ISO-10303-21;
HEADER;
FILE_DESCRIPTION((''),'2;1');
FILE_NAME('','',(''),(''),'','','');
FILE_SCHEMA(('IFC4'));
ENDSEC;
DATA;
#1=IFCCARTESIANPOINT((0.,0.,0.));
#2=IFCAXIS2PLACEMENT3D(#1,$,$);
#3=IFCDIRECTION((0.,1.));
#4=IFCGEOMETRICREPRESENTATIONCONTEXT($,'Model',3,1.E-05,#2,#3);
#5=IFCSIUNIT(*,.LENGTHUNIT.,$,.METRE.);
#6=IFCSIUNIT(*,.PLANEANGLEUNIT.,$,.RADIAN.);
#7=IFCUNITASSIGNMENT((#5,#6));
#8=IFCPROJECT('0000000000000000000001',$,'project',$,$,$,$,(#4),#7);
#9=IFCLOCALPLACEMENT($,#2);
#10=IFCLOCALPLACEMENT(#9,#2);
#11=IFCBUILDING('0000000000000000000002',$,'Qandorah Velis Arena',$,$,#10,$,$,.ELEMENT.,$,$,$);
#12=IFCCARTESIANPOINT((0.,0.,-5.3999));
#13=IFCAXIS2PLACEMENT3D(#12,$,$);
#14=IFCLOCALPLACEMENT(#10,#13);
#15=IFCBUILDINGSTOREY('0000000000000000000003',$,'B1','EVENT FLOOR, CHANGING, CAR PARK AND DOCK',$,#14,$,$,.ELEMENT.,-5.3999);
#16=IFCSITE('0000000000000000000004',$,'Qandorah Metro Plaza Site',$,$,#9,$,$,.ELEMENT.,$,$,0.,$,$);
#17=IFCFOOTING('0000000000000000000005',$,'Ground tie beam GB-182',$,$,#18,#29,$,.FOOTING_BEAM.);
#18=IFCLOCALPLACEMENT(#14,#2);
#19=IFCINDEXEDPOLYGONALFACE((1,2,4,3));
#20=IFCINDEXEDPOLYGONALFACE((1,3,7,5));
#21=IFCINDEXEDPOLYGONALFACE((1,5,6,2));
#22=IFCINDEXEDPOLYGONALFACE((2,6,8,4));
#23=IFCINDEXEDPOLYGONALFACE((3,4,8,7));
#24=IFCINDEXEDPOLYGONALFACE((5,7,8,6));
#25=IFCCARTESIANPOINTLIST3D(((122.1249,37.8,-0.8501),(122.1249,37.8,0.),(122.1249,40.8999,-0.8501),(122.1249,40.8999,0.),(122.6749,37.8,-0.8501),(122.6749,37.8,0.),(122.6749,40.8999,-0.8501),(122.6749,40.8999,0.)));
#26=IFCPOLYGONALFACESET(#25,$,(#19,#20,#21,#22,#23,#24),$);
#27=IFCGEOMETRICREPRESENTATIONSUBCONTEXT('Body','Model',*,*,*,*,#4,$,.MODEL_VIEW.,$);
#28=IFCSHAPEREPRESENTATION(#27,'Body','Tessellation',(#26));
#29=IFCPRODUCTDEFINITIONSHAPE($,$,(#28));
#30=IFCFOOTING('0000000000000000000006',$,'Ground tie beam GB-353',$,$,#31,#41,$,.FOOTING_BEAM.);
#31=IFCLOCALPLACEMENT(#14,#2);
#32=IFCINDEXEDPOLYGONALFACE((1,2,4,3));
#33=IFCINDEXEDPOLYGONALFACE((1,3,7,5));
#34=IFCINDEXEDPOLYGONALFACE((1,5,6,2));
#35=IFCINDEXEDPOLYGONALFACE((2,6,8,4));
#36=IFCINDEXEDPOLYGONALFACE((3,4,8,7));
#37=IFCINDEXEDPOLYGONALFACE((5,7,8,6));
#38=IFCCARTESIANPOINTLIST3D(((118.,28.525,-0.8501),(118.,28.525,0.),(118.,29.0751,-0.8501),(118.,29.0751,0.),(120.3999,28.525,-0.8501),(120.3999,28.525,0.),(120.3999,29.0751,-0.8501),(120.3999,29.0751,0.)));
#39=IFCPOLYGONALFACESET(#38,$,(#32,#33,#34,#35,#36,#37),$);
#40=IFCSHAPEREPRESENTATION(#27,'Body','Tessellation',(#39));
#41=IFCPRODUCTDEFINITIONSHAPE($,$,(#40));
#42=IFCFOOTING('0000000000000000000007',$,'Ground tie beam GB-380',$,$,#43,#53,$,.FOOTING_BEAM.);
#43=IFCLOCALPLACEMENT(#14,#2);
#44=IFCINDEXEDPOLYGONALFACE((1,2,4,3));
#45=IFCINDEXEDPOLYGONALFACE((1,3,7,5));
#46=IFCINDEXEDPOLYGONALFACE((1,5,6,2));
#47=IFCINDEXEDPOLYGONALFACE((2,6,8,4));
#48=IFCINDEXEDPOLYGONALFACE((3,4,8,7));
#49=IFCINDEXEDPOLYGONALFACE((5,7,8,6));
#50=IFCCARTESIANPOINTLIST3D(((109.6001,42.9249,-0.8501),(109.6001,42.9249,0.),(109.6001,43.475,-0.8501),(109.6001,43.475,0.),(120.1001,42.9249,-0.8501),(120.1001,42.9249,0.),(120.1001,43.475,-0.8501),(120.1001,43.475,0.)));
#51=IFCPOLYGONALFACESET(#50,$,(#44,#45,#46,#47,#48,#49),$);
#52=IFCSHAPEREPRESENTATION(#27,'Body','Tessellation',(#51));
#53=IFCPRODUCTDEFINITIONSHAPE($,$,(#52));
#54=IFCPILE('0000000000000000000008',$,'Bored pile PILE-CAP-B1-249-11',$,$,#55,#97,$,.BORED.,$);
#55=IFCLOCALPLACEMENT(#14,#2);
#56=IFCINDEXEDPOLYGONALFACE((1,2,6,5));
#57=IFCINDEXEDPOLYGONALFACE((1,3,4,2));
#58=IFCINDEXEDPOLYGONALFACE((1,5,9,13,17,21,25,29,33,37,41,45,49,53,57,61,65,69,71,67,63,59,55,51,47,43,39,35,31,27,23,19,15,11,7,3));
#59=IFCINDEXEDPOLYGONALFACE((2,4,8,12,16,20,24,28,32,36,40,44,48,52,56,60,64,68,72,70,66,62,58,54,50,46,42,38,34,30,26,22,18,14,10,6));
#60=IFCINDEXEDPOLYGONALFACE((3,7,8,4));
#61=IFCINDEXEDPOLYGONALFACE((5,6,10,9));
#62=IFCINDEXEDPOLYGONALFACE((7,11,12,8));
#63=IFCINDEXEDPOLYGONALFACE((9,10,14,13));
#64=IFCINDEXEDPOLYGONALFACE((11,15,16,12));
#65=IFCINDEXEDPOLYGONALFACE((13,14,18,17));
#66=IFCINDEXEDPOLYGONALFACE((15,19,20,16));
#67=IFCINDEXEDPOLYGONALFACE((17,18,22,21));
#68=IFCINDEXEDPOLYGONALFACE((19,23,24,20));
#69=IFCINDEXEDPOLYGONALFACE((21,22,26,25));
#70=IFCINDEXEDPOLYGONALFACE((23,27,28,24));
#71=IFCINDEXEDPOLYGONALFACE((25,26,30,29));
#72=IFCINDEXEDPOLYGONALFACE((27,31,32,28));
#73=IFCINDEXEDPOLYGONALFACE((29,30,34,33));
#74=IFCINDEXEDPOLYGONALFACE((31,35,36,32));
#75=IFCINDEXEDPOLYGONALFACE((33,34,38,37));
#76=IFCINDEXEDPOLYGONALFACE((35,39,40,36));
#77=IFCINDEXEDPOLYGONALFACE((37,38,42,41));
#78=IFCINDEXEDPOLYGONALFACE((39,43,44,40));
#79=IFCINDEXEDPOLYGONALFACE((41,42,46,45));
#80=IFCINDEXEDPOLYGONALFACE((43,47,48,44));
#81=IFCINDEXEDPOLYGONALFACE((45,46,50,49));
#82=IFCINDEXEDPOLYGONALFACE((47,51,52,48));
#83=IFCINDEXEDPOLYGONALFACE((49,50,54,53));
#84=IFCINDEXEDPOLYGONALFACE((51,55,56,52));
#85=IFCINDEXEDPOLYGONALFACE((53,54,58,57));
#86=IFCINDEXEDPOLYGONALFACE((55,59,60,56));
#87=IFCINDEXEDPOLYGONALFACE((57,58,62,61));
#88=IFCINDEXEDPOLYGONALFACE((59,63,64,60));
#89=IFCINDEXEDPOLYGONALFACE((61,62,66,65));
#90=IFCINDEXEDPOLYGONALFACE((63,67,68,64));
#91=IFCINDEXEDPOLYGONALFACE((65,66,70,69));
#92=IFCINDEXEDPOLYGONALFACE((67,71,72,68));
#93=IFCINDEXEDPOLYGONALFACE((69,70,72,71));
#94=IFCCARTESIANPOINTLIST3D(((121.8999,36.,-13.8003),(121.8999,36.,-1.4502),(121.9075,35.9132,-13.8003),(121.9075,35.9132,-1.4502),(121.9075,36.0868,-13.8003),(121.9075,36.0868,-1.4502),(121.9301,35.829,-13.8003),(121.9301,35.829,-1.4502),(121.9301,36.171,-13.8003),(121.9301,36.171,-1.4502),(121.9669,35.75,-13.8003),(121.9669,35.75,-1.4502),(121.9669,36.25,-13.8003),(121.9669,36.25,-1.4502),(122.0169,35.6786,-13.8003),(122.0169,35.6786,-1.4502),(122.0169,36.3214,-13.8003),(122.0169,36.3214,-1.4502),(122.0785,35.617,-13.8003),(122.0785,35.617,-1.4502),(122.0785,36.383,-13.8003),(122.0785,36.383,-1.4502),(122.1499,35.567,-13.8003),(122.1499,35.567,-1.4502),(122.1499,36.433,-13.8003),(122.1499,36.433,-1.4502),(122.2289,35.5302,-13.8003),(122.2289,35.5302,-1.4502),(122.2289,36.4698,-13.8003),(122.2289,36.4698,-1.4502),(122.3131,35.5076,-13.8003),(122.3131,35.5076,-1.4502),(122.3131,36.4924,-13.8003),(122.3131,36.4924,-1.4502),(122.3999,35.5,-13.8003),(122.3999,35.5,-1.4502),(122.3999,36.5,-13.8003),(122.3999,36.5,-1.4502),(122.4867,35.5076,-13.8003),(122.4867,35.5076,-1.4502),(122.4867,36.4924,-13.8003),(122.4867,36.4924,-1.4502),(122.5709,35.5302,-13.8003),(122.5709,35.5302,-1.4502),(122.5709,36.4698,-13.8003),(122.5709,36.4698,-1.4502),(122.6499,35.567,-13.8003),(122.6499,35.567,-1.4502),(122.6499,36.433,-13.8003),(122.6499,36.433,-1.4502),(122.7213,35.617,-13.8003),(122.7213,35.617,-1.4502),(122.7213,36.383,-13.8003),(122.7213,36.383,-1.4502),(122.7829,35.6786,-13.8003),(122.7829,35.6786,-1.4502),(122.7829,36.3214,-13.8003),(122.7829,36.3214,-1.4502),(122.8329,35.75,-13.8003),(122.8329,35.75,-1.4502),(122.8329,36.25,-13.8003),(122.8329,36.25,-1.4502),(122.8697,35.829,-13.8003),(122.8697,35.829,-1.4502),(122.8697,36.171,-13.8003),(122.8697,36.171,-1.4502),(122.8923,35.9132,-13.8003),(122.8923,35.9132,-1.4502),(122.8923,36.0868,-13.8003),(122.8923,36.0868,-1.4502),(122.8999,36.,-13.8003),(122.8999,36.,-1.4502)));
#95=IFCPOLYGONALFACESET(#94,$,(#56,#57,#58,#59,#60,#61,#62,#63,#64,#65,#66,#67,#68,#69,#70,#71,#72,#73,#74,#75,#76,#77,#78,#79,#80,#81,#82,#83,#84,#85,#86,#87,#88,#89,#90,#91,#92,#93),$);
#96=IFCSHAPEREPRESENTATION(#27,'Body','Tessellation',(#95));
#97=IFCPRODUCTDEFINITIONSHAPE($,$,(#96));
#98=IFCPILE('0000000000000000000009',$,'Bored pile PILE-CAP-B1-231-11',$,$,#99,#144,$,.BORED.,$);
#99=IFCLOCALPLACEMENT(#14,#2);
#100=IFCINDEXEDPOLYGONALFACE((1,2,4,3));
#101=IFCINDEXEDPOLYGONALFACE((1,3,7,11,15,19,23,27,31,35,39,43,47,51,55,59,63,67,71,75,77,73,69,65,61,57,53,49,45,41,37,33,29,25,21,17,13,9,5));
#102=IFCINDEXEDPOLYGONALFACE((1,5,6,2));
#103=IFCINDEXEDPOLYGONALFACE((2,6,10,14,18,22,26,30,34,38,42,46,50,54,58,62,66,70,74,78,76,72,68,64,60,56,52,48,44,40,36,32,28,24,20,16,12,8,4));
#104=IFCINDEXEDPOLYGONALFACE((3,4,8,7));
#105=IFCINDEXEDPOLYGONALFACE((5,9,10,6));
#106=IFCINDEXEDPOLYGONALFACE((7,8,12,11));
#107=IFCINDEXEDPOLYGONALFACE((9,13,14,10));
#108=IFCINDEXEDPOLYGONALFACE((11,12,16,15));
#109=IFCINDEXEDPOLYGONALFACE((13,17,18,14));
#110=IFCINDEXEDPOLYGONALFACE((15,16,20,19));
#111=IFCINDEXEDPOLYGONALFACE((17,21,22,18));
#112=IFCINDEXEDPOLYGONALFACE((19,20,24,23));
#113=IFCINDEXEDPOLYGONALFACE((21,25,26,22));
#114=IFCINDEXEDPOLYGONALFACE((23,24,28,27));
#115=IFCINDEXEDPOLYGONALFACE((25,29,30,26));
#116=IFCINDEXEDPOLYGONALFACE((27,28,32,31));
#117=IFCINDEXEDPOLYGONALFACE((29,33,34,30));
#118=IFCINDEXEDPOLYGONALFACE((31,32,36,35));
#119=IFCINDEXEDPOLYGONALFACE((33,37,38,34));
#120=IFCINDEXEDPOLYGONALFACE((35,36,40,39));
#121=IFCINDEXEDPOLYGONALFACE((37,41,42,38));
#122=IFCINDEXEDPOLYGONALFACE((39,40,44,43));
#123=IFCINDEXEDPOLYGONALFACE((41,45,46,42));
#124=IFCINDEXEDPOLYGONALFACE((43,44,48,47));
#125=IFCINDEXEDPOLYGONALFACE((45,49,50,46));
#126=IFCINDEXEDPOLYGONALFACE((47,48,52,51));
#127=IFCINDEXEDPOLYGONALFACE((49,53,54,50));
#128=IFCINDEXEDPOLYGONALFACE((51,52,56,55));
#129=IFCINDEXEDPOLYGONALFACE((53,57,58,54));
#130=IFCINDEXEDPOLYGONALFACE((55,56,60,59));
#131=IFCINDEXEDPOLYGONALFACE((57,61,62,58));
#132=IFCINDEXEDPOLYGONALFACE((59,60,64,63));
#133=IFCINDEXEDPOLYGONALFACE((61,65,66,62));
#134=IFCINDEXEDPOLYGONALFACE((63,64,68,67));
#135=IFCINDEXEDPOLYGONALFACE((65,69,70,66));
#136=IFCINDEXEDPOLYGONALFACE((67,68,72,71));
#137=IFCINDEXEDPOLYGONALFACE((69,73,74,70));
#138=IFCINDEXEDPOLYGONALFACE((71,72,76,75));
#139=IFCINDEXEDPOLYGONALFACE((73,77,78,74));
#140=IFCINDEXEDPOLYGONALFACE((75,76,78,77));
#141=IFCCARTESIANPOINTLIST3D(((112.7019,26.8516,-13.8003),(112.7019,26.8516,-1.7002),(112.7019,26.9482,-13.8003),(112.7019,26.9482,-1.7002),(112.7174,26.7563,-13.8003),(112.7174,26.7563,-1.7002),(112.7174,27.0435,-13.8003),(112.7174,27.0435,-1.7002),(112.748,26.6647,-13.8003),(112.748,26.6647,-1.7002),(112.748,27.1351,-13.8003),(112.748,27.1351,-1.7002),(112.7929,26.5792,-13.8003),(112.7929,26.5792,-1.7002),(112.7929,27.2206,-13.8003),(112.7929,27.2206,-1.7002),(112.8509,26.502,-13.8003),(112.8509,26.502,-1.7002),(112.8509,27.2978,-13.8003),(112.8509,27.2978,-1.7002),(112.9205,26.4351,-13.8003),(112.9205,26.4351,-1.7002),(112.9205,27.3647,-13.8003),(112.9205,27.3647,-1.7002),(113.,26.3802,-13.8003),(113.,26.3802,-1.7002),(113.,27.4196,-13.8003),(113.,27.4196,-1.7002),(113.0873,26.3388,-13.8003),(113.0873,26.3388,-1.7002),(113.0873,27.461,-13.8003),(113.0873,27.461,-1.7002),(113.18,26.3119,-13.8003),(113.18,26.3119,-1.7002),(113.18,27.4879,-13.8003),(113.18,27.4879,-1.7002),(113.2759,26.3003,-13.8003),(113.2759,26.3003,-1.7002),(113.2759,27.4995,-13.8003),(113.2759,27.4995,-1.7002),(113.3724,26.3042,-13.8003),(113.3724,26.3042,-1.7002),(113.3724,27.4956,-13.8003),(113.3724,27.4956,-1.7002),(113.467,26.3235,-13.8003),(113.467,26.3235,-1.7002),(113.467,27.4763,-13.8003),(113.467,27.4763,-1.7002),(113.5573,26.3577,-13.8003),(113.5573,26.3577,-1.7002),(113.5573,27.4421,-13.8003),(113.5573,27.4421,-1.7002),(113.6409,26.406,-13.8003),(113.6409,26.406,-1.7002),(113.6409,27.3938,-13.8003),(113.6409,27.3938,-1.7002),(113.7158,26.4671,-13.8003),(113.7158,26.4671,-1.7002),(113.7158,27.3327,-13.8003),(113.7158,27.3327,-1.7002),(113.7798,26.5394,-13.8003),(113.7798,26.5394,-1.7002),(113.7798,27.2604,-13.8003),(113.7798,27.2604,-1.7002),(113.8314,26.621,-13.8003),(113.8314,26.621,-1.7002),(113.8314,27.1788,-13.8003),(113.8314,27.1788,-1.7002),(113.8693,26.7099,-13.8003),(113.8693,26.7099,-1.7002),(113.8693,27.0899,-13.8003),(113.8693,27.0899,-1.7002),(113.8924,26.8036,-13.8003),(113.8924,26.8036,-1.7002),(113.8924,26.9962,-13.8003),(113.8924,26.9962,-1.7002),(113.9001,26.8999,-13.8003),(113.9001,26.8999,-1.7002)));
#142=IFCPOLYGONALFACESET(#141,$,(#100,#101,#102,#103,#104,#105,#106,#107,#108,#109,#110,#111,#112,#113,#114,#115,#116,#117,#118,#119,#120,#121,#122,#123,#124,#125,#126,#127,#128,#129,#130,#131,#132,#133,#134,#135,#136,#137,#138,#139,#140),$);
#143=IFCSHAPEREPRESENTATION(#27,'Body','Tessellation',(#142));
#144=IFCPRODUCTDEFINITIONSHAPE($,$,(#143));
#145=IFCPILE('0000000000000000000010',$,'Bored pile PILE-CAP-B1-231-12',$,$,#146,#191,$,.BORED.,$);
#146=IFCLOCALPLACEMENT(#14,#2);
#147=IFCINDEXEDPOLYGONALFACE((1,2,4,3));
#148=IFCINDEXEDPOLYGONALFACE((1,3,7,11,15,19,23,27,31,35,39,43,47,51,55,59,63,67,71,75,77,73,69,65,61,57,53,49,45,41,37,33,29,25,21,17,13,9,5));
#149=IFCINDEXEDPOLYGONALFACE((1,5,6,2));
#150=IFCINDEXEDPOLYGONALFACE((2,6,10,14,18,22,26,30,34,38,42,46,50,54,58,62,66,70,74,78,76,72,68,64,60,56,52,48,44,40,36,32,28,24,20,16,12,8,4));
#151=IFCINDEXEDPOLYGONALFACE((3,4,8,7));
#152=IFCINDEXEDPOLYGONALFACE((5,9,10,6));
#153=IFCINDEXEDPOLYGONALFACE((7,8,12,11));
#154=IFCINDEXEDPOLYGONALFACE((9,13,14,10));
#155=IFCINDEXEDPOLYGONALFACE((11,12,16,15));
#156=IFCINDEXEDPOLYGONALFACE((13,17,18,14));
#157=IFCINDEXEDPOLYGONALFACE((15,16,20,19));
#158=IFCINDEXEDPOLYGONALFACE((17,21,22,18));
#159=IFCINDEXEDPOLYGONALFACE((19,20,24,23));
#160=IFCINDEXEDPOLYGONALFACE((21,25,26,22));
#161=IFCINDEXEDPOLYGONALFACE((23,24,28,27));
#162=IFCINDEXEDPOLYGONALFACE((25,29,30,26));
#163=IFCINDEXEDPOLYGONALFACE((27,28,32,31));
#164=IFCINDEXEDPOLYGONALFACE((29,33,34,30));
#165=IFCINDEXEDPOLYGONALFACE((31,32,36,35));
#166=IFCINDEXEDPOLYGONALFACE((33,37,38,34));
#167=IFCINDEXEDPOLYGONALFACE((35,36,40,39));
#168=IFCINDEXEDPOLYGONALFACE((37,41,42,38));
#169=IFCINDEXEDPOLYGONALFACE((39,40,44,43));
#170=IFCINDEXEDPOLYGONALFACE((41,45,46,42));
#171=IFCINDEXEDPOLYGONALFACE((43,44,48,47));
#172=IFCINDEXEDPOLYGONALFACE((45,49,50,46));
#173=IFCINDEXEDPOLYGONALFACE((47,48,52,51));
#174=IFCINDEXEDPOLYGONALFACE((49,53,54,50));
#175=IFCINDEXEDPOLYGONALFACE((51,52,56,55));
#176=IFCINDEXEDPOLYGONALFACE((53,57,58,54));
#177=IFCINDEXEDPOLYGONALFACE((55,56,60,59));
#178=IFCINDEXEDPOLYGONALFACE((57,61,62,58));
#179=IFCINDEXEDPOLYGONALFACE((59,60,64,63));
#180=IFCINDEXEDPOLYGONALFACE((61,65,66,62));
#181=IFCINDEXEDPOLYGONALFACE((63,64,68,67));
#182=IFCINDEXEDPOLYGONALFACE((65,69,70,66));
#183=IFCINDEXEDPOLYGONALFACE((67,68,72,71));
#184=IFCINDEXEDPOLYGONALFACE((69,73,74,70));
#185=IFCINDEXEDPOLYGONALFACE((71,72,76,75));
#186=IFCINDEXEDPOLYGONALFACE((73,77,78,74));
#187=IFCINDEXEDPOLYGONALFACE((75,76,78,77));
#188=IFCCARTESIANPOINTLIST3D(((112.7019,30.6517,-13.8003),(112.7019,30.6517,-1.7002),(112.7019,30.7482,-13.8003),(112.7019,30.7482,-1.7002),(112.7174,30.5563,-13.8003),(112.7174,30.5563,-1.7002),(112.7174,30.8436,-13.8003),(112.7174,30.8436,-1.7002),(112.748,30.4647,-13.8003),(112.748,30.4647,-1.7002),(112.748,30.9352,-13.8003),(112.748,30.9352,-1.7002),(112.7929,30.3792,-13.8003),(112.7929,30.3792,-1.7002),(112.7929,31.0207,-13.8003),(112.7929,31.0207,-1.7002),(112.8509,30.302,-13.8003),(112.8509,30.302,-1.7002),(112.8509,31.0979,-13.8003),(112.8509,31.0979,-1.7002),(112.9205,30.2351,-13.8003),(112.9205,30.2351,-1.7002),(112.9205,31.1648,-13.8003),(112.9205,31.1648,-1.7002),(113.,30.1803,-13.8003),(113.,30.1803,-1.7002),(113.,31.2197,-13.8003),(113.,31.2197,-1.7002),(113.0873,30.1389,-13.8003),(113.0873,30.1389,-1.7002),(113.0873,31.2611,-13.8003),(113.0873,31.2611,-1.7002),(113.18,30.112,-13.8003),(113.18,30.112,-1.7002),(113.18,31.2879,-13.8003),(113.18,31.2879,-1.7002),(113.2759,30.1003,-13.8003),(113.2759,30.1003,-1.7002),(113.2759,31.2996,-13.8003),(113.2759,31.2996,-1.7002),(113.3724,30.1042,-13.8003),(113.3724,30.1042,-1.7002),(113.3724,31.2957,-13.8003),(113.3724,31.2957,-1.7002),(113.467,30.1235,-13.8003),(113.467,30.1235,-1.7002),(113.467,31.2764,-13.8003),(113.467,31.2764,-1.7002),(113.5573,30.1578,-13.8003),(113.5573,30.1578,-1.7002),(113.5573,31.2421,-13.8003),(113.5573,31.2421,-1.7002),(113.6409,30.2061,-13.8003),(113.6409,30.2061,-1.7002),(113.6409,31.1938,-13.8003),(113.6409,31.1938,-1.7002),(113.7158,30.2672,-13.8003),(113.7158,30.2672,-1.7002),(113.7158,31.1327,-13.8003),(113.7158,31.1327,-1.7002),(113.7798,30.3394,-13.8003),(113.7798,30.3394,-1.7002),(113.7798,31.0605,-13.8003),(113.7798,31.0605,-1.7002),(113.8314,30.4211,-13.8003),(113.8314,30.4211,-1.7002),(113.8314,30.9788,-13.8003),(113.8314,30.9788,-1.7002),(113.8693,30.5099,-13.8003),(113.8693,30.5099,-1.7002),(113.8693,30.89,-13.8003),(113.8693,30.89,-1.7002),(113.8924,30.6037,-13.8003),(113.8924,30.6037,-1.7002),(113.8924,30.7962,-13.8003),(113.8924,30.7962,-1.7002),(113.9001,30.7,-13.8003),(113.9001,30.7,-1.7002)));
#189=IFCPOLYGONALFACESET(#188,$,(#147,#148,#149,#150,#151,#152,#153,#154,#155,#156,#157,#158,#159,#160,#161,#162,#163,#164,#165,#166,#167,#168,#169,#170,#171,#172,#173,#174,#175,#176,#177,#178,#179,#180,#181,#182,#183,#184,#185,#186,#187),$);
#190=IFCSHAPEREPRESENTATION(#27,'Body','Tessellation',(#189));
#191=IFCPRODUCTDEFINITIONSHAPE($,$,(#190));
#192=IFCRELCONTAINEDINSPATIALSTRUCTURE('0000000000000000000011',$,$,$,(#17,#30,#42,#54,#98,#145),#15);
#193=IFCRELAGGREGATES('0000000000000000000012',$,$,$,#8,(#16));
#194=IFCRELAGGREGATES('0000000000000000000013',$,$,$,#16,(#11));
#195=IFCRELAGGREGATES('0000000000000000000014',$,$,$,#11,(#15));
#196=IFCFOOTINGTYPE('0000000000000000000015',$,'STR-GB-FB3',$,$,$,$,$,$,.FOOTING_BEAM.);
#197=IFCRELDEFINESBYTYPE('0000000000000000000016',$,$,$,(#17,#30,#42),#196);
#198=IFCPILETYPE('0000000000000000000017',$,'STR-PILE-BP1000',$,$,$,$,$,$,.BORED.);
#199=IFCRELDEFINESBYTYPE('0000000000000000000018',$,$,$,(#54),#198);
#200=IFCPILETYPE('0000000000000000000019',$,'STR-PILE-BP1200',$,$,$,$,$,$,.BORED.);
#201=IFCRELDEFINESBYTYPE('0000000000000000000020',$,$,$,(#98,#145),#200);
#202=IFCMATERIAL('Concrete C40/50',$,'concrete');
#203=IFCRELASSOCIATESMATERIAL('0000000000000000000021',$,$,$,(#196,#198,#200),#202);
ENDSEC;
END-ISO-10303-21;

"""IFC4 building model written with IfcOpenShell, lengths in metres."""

from ifc_helpers import new_model, si_unit, direction, frame, origin, origin_2d, place, context, subcontext, project, spatial, rectangle, circle, extrude, material, material_profile, profile_set, type_object, element, save


model = new_model("IFC4")

# Units and contexts
model_context = context("Model", 3, precision=1e-05, world=origin(), true_north=direction((0.0, 1.0)))
body_context = subcontext(model_context, "Body", "Model", "MODEL_VIEW")
ifc_project = project(units=[si_unit("LENGTHUNIT", "METRE"), si_unit("PLANEANGLEUNIT", "RADIAN")], contexts=[model_context])

# Site, building, storey
site_placement = place(None, origin())
site = spatial("IfcSite", under=ifc_project, at=site_placement, Name="Qandorah Metro Plaza Site", CompositionType="ELEMENT", RefElevation=0.0)
building_placement = place(site_placement, origin())
building = spatial("IfcBuilding", under=site, at=building_placement, Name="Qandorah Velis Arena", CompositionType="ELEMENT")
storey_placement = place(building_placement, frame((0.0, 0.0, -5.3999)))
storey = spatial("IfcBuildingStorey", under=building, at=storey_placement, Name="B1", Description="EVENT FLOOR, CHANGING, CAR PARK AND DOCK", CompositionType="ELEMENT", Elevation=-5.3999)

# Footings
ifc_material_1 = material(Name="Concrete C40/50", Category="concrete")
ifc_material_profile_1 = material_profile(ifc_material_1, rectangle(XDim=0.55, YDim=0.8501, at=origin_2d()), Name="GB3 550x850")
ifc_profile_set_1 = profile_set([ifc_material_profile_1], Name="Concrete C40/50")
footing_type_1 = type_object("IfcFootingType", Name="STR-GB-FB3", PredefinedType="FOOTING_BEAM", material=ifc_profile_set_1)
footing_1_placement = place(storey_placement, frame((122.3999, 37.8, -0.425), z_axis=(0.0, 1.0, 0.0), x_axis=(-1.0, 0.0, 0.0)))
element("IfcFooting", 1, at=footing_1_placement, inside=storey, type_object=footing_type_1, Name="Ground tie beam GB-182", PredefinedType="FOOTING_BEAM", context=body_context, shape_type="SweptSolid", body=[
    extrude(rectangle(XDim=0.55, YDim=0.8501, at=origin_2d()), origin(), (0.0, 0.0, 1.0), 3.0999),
])
footing_2_placement = place(storey_placement, frame((118.0, 28.8, -0.425), z_axis=(1.0, 0.0, 0.0), x_axis=(0.0, 1.0, 0.0)))
element("IfcFooting", 2, at=footing_2_placement, inside=storey, type_object=footing_type_1, Name="Ground tie beam GB-353", PredefinedType="FOOTING_BEAM", context=body_context, shape_type="SweptSolid", body=[
    extrude(rectangle(XDim=0.55, YDim=0.8501, at=origin_2d()), origin(), (0.0, 0.0, 1.0), 2.3999),
])
footing_3_placement = place(storey_placement, frame((109.6001, 43.2, -0.425), z_axis=(1.0, 0.0, 0.0), x_axis=(0.0, 1.0, 0.0)))
element("IfcFooting", 3, at=footing_3_placement, inside=storey, type_object=footing_type_1, Name="Ground tie beam GB-380", PredefinedType="FOOTING_BEAM", context=body_context, shape_type="SweptSolid", body=[
    extrude(rectangle(XDim=0.55, YDim=0.8501, at=origin_2d()), origin(), (0.0, 0.0, 1.0), 10.5),
])

# Piles
ifc_material_profile_2 = material_profile(ifc_material_1, circle(Radius=0.5, at=origin_2d()), Name="BORED PILE D1000")
ifc_profile_set_2 = profile_set([ifc_material_profile_2], Name="Concrete C40/50")
pile_type_1 = type_object("IfcPileType", Name="STR-PILE-BP1000", PredefinedType="BORED", material=ifc_profile_set_2)
pile_1_placement = place(storey_placement, frame((122.3999, 36.0, -1.4502), z_axis=(0.0, 0.0, -1.0), x_axis=(1.0, 0.0, 0.0)))
element("IfcPile", 4, at=pile_1_placement, inside=storey, type_object=pile_type_1, Name="Bored pile PILE-CAP-B1-249-11", PredefinedType="BORED", context=body_context, shape_type="SweptSolid", body=[
    extrude(circle(Radius=0.5, at=origin_2d()), origin(), (0.0, 0.0, 1.0), 12.3501),
])
ifc_material_profile_3 = material_profile(ifc_material_1, circle(Radius=0.6001, at=origin_2d()), Name="BORED PILE D1200")
ifc_profile_set_3 = profile_set([ifc_material_profile_3], Name="Concrete C40/50")
pile_type_2 = type_object("IfcPileType", Name="STR-PILE-BP1200", PredefinedType="BORED", material=ifc_profile_set_3)
for number, where, z_axis, x_axis, name in (
    (5, (113.3, 26.8999, -1.7002), (0.0, 0.0, -1.0), (1.0, 0.0, 0.0), "Bored pile PILE-CAP-B1-231-11"),
    (6, (113.3, 30.7, -1.7002), (0.0, 0.0, -1.0), (1.0, 0.0, 0.0), "Bored pile PILE-CAP-B1-231-12"),
):
    element("IfcPile", number, at=place(storey_placement, frame(where, z_axis=z_axis, x_axis=x_axis)), inside=storey, type_object=pile_type_2, Name=name, PredefinedType="BORED", context=body_context, shape_type="SweptSolid", body=[
        extrude(circle(Radius=0.6001, at=origin_2d()), origin(), (0.0, 0.0, 1.0), 12.1001),
    ])

save(model, "model.ifc")
